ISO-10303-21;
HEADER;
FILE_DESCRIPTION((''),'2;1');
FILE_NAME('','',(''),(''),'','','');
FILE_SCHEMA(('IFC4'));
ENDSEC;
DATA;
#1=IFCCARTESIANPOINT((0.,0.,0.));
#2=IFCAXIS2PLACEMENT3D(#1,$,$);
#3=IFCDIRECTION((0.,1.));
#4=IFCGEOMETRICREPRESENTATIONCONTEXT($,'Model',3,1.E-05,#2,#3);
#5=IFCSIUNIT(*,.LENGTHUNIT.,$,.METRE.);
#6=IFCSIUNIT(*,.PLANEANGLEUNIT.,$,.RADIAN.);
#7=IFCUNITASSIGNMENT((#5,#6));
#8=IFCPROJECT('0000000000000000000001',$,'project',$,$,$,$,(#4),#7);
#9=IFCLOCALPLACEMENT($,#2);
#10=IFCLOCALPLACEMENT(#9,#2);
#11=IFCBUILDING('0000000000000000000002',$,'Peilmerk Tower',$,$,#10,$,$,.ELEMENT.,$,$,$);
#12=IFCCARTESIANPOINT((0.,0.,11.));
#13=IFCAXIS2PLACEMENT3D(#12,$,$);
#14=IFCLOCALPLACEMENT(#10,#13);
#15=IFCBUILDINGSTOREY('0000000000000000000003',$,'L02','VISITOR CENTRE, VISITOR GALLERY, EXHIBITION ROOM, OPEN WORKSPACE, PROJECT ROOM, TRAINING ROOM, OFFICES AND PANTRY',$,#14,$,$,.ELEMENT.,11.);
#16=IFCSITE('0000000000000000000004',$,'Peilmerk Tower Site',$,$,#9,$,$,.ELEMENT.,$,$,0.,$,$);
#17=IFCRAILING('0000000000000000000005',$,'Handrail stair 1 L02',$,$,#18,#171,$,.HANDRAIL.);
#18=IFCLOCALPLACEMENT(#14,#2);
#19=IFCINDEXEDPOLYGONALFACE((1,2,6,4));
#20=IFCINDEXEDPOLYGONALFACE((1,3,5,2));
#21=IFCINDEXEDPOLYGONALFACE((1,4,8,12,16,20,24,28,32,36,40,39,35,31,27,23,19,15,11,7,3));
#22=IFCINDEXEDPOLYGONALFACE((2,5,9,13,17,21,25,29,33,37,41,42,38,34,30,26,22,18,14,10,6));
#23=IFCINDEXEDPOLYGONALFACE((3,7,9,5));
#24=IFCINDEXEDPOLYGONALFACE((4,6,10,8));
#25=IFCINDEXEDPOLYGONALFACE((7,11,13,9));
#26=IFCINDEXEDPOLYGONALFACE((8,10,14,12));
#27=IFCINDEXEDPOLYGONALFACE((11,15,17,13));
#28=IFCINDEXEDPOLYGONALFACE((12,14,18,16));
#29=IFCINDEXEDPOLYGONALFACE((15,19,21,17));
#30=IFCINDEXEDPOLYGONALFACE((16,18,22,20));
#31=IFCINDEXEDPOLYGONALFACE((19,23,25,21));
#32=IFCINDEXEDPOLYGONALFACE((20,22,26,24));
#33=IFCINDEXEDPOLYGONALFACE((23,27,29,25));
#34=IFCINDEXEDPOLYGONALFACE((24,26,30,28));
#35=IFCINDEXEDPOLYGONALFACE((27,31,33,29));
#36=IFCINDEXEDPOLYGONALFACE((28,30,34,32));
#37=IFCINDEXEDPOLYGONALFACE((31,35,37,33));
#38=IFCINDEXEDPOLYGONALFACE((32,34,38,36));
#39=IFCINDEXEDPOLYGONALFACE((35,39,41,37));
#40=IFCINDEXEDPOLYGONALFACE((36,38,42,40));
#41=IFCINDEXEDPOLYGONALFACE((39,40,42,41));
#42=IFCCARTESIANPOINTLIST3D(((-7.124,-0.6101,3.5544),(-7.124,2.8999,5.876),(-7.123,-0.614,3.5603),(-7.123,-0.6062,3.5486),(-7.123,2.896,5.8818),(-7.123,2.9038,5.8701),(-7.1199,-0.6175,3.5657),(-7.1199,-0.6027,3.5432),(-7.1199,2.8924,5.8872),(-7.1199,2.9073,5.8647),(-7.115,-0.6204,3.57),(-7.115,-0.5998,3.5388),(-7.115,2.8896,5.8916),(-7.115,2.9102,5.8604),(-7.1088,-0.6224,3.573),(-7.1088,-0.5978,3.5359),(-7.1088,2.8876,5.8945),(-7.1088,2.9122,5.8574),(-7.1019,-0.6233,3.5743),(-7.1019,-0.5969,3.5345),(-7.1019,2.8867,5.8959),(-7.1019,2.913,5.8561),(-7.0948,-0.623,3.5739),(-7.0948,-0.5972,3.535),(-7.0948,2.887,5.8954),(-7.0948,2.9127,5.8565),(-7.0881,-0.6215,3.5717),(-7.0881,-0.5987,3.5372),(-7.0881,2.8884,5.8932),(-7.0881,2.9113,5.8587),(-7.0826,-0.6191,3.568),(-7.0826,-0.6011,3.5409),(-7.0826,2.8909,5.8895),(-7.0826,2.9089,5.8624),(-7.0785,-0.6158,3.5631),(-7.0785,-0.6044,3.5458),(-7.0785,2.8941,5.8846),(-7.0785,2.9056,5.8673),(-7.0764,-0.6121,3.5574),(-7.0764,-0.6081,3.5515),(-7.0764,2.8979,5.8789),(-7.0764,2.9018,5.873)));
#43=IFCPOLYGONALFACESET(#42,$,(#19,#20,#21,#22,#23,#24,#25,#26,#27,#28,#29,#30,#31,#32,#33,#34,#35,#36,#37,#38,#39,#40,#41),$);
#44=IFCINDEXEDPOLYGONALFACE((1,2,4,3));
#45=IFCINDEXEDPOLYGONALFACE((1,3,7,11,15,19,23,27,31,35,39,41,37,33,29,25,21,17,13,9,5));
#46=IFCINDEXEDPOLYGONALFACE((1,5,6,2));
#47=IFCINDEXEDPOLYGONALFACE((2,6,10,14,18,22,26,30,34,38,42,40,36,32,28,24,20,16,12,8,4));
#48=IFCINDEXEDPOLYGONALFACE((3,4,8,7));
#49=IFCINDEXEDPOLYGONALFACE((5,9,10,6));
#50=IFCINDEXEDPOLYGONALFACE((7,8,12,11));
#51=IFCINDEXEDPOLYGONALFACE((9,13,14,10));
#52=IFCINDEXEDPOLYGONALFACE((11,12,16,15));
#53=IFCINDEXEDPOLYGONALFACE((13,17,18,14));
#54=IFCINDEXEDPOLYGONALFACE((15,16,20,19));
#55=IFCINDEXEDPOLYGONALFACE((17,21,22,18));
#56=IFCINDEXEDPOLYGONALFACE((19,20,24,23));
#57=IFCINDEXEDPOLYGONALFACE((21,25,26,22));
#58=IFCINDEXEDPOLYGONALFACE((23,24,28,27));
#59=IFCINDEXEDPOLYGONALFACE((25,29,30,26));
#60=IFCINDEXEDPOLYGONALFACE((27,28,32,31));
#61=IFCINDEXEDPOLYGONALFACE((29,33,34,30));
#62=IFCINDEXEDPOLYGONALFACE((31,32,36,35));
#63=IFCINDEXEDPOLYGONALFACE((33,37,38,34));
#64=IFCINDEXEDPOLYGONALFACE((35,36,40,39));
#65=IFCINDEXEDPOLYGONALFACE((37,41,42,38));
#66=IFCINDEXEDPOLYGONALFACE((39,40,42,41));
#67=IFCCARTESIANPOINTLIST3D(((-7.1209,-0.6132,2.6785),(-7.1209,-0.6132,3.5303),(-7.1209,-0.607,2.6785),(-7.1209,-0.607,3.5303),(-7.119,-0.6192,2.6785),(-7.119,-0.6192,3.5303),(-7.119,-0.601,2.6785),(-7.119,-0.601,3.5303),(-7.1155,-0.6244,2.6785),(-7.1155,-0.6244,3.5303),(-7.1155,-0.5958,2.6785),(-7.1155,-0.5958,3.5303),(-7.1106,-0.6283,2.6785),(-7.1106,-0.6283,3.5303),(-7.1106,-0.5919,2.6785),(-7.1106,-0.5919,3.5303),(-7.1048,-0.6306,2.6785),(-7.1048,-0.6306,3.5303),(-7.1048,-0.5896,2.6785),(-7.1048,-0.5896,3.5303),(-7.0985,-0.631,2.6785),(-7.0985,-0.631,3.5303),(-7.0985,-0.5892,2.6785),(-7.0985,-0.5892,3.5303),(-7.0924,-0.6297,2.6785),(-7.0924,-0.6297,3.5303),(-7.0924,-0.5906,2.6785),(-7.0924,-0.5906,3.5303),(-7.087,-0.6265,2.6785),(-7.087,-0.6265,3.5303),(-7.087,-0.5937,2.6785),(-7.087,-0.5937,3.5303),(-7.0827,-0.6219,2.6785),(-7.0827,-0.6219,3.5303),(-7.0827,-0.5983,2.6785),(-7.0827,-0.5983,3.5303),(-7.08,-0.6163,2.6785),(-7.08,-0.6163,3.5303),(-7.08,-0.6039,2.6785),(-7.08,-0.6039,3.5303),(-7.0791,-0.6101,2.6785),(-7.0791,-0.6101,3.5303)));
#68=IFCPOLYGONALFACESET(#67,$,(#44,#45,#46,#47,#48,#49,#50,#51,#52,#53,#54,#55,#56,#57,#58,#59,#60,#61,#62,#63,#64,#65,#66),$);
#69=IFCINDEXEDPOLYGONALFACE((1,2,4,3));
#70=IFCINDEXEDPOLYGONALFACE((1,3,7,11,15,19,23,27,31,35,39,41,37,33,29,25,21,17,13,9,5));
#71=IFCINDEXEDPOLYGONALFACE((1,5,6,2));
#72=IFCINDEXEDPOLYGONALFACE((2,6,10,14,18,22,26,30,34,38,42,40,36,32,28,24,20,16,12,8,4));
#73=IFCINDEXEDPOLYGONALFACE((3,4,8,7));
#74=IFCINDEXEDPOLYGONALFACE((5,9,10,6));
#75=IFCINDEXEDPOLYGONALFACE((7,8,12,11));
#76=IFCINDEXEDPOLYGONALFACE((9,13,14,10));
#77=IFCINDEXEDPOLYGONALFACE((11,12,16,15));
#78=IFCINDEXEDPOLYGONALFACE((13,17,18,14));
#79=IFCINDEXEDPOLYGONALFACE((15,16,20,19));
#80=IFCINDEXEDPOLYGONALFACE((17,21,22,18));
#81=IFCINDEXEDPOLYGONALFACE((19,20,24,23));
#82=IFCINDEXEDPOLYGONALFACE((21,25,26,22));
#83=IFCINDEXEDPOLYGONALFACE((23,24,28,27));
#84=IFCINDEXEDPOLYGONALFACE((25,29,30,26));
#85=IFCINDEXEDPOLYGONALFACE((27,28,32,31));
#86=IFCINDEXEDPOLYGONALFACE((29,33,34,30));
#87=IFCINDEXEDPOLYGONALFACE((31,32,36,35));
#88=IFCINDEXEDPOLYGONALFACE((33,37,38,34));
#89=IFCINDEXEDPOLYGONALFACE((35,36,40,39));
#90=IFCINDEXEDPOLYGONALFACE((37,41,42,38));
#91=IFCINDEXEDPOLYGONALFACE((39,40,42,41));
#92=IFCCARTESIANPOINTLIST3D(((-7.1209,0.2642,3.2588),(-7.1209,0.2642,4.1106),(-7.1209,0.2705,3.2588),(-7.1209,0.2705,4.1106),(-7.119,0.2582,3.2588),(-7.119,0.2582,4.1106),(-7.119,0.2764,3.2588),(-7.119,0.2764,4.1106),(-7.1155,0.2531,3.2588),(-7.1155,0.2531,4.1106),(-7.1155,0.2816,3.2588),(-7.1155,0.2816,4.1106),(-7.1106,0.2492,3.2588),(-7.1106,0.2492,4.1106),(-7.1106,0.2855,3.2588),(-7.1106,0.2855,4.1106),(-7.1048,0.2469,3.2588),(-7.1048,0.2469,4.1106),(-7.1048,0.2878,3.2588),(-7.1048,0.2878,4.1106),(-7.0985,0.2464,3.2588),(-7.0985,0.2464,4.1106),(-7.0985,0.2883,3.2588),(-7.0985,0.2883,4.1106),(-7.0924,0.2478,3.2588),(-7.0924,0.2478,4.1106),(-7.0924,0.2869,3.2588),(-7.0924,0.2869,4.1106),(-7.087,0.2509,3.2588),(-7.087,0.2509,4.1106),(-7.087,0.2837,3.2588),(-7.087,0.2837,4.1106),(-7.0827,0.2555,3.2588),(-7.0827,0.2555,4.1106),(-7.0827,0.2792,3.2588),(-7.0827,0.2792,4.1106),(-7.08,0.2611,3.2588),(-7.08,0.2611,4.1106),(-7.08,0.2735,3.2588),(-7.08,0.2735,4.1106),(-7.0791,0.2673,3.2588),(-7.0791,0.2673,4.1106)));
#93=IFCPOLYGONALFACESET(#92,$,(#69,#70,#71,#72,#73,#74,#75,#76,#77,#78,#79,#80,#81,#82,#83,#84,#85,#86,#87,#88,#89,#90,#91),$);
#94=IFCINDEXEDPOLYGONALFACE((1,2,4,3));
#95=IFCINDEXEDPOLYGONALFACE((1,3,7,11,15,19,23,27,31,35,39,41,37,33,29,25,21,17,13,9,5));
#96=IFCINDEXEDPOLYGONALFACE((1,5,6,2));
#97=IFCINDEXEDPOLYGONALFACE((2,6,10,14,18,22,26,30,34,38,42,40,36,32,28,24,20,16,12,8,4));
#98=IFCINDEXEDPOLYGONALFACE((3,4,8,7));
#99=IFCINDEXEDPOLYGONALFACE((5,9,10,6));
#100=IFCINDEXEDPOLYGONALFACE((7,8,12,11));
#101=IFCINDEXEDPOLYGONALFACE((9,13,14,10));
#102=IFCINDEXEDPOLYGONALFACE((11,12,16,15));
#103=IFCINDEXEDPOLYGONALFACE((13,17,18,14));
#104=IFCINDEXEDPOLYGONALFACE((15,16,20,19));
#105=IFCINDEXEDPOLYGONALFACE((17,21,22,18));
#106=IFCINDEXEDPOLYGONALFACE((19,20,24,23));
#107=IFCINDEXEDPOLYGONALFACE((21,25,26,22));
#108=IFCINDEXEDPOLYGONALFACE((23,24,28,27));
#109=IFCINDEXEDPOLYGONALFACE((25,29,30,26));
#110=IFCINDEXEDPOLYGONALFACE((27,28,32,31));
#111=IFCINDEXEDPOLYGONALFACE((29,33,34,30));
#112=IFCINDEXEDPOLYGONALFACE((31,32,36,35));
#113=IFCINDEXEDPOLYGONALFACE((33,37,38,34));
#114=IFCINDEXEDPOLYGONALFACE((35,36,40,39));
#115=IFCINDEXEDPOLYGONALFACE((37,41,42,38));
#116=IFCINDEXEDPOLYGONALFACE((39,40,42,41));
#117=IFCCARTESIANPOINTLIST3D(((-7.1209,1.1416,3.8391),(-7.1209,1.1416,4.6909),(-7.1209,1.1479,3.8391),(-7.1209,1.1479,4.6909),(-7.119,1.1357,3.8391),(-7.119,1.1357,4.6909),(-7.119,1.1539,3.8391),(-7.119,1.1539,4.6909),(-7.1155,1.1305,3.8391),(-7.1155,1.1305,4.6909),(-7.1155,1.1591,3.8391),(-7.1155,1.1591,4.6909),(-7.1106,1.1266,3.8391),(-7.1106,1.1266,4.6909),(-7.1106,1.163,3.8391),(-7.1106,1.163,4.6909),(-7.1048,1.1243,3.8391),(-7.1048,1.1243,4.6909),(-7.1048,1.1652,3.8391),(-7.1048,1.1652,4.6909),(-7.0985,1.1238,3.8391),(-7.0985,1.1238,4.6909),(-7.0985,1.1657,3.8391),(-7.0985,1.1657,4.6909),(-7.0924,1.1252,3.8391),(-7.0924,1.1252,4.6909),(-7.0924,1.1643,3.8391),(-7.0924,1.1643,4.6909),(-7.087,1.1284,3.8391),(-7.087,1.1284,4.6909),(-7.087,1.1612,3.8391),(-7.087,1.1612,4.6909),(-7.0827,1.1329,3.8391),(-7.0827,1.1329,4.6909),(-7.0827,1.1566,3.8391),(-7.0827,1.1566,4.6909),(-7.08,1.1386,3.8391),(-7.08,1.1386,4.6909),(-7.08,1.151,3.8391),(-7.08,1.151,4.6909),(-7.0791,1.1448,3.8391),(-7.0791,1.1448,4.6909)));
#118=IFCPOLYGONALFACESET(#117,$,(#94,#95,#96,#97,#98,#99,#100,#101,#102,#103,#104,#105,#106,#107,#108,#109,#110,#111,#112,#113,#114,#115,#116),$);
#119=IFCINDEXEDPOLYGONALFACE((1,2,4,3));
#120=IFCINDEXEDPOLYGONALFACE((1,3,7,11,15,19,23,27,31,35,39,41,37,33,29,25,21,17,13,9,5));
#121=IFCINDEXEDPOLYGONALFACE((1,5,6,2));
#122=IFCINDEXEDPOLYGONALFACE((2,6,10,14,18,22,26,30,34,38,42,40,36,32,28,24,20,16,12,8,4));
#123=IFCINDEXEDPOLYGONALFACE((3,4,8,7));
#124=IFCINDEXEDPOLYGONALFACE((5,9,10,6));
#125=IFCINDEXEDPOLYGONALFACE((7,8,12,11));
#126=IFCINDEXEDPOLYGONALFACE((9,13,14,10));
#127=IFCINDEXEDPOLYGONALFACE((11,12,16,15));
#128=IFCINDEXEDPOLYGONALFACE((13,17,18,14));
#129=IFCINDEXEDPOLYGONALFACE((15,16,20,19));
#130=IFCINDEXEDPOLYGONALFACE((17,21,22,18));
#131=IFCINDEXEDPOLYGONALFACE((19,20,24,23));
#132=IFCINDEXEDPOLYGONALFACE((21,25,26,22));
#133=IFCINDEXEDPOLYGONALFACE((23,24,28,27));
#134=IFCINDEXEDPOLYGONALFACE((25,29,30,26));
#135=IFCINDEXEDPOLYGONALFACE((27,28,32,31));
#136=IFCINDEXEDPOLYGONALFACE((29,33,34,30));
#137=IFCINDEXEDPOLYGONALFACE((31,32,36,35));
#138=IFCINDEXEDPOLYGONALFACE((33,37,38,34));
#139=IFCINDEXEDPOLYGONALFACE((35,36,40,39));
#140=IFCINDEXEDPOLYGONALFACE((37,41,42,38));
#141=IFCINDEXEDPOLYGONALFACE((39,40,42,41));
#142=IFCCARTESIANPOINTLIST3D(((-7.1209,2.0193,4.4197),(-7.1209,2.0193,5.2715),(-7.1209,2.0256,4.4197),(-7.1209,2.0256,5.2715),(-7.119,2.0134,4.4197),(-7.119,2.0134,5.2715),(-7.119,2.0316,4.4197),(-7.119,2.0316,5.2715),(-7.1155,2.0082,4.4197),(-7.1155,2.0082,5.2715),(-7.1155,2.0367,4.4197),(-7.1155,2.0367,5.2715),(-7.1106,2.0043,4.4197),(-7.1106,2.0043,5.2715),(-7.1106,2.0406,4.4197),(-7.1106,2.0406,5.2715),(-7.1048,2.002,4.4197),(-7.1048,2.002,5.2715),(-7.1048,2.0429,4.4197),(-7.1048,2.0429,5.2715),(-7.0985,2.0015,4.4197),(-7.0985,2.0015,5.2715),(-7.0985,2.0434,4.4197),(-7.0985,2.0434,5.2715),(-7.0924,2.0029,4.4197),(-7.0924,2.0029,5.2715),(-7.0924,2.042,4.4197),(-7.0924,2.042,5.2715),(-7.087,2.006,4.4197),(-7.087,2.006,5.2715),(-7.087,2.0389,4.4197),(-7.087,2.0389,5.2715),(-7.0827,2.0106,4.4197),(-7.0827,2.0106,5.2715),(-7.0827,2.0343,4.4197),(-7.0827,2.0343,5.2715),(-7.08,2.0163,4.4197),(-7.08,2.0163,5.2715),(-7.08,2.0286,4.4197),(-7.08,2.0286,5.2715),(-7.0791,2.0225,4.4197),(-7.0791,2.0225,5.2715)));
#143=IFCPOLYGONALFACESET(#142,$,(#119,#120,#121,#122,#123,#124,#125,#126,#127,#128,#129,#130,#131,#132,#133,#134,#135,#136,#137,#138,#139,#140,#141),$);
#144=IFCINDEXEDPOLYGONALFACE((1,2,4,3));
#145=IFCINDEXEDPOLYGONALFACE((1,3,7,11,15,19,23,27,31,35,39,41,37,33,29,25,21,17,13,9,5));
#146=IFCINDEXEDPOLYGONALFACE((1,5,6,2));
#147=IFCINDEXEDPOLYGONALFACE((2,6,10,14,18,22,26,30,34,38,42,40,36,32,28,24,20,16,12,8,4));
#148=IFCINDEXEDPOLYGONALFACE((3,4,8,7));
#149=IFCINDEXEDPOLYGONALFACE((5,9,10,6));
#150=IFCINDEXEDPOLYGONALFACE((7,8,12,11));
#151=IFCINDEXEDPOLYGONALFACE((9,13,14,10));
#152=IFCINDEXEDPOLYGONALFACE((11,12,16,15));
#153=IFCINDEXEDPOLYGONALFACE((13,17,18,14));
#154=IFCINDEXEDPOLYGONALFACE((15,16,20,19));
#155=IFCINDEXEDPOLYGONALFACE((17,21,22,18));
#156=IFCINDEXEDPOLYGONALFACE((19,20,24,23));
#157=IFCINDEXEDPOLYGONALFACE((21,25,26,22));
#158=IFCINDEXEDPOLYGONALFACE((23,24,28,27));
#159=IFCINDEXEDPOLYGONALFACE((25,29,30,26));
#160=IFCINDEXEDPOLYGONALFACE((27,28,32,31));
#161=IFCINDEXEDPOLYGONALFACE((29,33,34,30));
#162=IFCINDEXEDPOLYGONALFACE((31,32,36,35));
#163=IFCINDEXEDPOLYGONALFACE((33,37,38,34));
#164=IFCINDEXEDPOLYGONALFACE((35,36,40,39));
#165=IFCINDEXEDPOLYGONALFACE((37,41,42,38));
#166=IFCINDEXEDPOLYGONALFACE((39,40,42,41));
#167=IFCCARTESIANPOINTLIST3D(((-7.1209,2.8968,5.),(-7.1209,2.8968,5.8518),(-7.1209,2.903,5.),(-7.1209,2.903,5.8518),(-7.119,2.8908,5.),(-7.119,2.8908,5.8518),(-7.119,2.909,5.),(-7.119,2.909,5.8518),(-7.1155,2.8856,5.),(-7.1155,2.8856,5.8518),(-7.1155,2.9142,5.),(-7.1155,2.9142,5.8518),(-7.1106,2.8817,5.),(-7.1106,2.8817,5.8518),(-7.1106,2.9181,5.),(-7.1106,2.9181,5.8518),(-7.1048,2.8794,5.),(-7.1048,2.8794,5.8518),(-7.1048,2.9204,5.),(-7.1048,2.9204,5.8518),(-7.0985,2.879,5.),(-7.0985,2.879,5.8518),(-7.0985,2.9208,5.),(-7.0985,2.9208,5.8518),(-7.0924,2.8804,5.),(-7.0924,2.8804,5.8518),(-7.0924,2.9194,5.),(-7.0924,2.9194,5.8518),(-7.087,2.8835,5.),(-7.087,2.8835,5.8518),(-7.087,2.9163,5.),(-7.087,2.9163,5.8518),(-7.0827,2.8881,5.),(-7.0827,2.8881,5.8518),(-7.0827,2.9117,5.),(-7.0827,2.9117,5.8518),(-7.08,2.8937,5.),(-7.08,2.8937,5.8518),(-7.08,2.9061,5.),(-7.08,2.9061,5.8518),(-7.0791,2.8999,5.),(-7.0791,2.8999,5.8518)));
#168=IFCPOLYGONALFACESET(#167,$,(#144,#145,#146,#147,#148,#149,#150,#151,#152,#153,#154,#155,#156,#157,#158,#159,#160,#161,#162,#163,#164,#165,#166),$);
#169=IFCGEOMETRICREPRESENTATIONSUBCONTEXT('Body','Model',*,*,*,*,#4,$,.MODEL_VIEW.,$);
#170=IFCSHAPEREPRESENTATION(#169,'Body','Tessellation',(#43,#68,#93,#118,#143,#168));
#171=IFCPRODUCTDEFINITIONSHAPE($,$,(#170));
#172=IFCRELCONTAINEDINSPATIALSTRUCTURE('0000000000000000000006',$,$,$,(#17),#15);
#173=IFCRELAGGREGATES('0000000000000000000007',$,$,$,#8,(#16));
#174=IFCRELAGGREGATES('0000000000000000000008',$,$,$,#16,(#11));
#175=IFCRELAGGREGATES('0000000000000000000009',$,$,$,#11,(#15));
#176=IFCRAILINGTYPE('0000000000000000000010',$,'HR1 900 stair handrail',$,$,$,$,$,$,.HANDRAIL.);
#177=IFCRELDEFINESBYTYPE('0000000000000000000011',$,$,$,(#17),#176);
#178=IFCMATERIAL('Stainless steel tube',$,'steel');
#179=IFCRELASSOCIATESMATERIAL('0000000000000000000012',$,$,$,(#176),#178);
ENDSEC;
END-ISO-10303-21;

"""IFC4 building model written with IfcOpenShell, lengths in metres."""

from ifc_helpers import new_model, si_unit, direction, frame, origin, origin_2d, place, context, subcontext, project, spatial, circle, extrude, material, type_object, element, save


model = new_model("IFC4")

# Units and contexts
model_context = context("Model", 3, precision=1e-05, world=origin(), true_north=direction((0.0, 1.0)))
body_context = subcontext(model_context, "Body", "Model", "MODEL_VIEW")
ifc_project = project(units=[si_unit("LENGTHUNIT", "METRE"), si_unit("PLANEANGLEUNIT", "RADIAN")], contexts=[model_context])

# Site, building, storey
site_placement = place(None, origin())
site = spatial("IfcSite", under=ifc_project, at=site_placement, Name="Peilmerk Tower Site", CompositionType="ELEMENT", RefElevation=0.0)
building_placement = place(site_placement, origin())
building = spatial("IfcBuilding", under=site, at=building_placement, Name="Peilmerk Tower", CompositionType="ELEMENT")
storey_placement = place(building_placement, frame((0.0, 0.0, 11.0)))
storey = spatial("IfcBuildingStorey", under=building, at=storey_placement, Name="L02", Description="VISITOR CENTRE, VISITOR GALLERY, EXHIBITION ROOM, OPEN WORKSPACE, PROJECT ROOM, TRAINING ROOM, OFFICES AND PANTRY", CompositionType="ELEMENT", Elevation=11.0)

# Railing
ifc_material_1 = material(Name="Stainless steel tube", Category="steel")
railing_type = type_object("IfcRailingType", Name="HR1 900 stair handrail", PredefinedType="HANDRAIL", material=ifc_material_1)
railing_placement = place(storey_placement, frame((-7.1001, -0.6101, 2.6785)))
element("IfcRailing", 1, at=railing_placement, inside=storey, type_object=railing_type, Name="Handrail stair 1 L02", PredefinedType="HANDRAIL", context=body_context, shape_type="SweptSolid", body=[
    extrude(circle(Radius=0.0239, at=origin_2d()), frame((0.0, 0.0, 0.876), z_axis=(0.0, 0.834071, 0.551657), x_axis=(-1.0, 0.0, 0.0)), (0.0, 0.0, 1.0), 4.2083),
    extrude(circle(Radius=0.021, at=origin_2d()), origin(), (0.0, 0.0, 1.0), 0.8518),
    extrude(circle(Radius=0.021, at=origin_2d()), frame((0.0, 0.8774, 0.5803)), (0.0, 0.0, 1.0), 0.8518),
    extrude(circle(Radius=0.021, at=origin_2d()), frame((0.0, 1.7549, 1.1606)), (0.0, 0.0, 1.0), 0.8518),
    extrude(circle(Radius=0.021, at=origin_2d()), frame((0.0, 2.6326, 1.7412)), (0.0, 0.0, 1.0), 0.8518),
    extrude(circle(Radius=0.021, at=origin_2d()), frame((0.0, 3.51, 2.3215)), (0.0, 0.0, 1.0), 0.8518),
])

save(model, "model.ifc")
